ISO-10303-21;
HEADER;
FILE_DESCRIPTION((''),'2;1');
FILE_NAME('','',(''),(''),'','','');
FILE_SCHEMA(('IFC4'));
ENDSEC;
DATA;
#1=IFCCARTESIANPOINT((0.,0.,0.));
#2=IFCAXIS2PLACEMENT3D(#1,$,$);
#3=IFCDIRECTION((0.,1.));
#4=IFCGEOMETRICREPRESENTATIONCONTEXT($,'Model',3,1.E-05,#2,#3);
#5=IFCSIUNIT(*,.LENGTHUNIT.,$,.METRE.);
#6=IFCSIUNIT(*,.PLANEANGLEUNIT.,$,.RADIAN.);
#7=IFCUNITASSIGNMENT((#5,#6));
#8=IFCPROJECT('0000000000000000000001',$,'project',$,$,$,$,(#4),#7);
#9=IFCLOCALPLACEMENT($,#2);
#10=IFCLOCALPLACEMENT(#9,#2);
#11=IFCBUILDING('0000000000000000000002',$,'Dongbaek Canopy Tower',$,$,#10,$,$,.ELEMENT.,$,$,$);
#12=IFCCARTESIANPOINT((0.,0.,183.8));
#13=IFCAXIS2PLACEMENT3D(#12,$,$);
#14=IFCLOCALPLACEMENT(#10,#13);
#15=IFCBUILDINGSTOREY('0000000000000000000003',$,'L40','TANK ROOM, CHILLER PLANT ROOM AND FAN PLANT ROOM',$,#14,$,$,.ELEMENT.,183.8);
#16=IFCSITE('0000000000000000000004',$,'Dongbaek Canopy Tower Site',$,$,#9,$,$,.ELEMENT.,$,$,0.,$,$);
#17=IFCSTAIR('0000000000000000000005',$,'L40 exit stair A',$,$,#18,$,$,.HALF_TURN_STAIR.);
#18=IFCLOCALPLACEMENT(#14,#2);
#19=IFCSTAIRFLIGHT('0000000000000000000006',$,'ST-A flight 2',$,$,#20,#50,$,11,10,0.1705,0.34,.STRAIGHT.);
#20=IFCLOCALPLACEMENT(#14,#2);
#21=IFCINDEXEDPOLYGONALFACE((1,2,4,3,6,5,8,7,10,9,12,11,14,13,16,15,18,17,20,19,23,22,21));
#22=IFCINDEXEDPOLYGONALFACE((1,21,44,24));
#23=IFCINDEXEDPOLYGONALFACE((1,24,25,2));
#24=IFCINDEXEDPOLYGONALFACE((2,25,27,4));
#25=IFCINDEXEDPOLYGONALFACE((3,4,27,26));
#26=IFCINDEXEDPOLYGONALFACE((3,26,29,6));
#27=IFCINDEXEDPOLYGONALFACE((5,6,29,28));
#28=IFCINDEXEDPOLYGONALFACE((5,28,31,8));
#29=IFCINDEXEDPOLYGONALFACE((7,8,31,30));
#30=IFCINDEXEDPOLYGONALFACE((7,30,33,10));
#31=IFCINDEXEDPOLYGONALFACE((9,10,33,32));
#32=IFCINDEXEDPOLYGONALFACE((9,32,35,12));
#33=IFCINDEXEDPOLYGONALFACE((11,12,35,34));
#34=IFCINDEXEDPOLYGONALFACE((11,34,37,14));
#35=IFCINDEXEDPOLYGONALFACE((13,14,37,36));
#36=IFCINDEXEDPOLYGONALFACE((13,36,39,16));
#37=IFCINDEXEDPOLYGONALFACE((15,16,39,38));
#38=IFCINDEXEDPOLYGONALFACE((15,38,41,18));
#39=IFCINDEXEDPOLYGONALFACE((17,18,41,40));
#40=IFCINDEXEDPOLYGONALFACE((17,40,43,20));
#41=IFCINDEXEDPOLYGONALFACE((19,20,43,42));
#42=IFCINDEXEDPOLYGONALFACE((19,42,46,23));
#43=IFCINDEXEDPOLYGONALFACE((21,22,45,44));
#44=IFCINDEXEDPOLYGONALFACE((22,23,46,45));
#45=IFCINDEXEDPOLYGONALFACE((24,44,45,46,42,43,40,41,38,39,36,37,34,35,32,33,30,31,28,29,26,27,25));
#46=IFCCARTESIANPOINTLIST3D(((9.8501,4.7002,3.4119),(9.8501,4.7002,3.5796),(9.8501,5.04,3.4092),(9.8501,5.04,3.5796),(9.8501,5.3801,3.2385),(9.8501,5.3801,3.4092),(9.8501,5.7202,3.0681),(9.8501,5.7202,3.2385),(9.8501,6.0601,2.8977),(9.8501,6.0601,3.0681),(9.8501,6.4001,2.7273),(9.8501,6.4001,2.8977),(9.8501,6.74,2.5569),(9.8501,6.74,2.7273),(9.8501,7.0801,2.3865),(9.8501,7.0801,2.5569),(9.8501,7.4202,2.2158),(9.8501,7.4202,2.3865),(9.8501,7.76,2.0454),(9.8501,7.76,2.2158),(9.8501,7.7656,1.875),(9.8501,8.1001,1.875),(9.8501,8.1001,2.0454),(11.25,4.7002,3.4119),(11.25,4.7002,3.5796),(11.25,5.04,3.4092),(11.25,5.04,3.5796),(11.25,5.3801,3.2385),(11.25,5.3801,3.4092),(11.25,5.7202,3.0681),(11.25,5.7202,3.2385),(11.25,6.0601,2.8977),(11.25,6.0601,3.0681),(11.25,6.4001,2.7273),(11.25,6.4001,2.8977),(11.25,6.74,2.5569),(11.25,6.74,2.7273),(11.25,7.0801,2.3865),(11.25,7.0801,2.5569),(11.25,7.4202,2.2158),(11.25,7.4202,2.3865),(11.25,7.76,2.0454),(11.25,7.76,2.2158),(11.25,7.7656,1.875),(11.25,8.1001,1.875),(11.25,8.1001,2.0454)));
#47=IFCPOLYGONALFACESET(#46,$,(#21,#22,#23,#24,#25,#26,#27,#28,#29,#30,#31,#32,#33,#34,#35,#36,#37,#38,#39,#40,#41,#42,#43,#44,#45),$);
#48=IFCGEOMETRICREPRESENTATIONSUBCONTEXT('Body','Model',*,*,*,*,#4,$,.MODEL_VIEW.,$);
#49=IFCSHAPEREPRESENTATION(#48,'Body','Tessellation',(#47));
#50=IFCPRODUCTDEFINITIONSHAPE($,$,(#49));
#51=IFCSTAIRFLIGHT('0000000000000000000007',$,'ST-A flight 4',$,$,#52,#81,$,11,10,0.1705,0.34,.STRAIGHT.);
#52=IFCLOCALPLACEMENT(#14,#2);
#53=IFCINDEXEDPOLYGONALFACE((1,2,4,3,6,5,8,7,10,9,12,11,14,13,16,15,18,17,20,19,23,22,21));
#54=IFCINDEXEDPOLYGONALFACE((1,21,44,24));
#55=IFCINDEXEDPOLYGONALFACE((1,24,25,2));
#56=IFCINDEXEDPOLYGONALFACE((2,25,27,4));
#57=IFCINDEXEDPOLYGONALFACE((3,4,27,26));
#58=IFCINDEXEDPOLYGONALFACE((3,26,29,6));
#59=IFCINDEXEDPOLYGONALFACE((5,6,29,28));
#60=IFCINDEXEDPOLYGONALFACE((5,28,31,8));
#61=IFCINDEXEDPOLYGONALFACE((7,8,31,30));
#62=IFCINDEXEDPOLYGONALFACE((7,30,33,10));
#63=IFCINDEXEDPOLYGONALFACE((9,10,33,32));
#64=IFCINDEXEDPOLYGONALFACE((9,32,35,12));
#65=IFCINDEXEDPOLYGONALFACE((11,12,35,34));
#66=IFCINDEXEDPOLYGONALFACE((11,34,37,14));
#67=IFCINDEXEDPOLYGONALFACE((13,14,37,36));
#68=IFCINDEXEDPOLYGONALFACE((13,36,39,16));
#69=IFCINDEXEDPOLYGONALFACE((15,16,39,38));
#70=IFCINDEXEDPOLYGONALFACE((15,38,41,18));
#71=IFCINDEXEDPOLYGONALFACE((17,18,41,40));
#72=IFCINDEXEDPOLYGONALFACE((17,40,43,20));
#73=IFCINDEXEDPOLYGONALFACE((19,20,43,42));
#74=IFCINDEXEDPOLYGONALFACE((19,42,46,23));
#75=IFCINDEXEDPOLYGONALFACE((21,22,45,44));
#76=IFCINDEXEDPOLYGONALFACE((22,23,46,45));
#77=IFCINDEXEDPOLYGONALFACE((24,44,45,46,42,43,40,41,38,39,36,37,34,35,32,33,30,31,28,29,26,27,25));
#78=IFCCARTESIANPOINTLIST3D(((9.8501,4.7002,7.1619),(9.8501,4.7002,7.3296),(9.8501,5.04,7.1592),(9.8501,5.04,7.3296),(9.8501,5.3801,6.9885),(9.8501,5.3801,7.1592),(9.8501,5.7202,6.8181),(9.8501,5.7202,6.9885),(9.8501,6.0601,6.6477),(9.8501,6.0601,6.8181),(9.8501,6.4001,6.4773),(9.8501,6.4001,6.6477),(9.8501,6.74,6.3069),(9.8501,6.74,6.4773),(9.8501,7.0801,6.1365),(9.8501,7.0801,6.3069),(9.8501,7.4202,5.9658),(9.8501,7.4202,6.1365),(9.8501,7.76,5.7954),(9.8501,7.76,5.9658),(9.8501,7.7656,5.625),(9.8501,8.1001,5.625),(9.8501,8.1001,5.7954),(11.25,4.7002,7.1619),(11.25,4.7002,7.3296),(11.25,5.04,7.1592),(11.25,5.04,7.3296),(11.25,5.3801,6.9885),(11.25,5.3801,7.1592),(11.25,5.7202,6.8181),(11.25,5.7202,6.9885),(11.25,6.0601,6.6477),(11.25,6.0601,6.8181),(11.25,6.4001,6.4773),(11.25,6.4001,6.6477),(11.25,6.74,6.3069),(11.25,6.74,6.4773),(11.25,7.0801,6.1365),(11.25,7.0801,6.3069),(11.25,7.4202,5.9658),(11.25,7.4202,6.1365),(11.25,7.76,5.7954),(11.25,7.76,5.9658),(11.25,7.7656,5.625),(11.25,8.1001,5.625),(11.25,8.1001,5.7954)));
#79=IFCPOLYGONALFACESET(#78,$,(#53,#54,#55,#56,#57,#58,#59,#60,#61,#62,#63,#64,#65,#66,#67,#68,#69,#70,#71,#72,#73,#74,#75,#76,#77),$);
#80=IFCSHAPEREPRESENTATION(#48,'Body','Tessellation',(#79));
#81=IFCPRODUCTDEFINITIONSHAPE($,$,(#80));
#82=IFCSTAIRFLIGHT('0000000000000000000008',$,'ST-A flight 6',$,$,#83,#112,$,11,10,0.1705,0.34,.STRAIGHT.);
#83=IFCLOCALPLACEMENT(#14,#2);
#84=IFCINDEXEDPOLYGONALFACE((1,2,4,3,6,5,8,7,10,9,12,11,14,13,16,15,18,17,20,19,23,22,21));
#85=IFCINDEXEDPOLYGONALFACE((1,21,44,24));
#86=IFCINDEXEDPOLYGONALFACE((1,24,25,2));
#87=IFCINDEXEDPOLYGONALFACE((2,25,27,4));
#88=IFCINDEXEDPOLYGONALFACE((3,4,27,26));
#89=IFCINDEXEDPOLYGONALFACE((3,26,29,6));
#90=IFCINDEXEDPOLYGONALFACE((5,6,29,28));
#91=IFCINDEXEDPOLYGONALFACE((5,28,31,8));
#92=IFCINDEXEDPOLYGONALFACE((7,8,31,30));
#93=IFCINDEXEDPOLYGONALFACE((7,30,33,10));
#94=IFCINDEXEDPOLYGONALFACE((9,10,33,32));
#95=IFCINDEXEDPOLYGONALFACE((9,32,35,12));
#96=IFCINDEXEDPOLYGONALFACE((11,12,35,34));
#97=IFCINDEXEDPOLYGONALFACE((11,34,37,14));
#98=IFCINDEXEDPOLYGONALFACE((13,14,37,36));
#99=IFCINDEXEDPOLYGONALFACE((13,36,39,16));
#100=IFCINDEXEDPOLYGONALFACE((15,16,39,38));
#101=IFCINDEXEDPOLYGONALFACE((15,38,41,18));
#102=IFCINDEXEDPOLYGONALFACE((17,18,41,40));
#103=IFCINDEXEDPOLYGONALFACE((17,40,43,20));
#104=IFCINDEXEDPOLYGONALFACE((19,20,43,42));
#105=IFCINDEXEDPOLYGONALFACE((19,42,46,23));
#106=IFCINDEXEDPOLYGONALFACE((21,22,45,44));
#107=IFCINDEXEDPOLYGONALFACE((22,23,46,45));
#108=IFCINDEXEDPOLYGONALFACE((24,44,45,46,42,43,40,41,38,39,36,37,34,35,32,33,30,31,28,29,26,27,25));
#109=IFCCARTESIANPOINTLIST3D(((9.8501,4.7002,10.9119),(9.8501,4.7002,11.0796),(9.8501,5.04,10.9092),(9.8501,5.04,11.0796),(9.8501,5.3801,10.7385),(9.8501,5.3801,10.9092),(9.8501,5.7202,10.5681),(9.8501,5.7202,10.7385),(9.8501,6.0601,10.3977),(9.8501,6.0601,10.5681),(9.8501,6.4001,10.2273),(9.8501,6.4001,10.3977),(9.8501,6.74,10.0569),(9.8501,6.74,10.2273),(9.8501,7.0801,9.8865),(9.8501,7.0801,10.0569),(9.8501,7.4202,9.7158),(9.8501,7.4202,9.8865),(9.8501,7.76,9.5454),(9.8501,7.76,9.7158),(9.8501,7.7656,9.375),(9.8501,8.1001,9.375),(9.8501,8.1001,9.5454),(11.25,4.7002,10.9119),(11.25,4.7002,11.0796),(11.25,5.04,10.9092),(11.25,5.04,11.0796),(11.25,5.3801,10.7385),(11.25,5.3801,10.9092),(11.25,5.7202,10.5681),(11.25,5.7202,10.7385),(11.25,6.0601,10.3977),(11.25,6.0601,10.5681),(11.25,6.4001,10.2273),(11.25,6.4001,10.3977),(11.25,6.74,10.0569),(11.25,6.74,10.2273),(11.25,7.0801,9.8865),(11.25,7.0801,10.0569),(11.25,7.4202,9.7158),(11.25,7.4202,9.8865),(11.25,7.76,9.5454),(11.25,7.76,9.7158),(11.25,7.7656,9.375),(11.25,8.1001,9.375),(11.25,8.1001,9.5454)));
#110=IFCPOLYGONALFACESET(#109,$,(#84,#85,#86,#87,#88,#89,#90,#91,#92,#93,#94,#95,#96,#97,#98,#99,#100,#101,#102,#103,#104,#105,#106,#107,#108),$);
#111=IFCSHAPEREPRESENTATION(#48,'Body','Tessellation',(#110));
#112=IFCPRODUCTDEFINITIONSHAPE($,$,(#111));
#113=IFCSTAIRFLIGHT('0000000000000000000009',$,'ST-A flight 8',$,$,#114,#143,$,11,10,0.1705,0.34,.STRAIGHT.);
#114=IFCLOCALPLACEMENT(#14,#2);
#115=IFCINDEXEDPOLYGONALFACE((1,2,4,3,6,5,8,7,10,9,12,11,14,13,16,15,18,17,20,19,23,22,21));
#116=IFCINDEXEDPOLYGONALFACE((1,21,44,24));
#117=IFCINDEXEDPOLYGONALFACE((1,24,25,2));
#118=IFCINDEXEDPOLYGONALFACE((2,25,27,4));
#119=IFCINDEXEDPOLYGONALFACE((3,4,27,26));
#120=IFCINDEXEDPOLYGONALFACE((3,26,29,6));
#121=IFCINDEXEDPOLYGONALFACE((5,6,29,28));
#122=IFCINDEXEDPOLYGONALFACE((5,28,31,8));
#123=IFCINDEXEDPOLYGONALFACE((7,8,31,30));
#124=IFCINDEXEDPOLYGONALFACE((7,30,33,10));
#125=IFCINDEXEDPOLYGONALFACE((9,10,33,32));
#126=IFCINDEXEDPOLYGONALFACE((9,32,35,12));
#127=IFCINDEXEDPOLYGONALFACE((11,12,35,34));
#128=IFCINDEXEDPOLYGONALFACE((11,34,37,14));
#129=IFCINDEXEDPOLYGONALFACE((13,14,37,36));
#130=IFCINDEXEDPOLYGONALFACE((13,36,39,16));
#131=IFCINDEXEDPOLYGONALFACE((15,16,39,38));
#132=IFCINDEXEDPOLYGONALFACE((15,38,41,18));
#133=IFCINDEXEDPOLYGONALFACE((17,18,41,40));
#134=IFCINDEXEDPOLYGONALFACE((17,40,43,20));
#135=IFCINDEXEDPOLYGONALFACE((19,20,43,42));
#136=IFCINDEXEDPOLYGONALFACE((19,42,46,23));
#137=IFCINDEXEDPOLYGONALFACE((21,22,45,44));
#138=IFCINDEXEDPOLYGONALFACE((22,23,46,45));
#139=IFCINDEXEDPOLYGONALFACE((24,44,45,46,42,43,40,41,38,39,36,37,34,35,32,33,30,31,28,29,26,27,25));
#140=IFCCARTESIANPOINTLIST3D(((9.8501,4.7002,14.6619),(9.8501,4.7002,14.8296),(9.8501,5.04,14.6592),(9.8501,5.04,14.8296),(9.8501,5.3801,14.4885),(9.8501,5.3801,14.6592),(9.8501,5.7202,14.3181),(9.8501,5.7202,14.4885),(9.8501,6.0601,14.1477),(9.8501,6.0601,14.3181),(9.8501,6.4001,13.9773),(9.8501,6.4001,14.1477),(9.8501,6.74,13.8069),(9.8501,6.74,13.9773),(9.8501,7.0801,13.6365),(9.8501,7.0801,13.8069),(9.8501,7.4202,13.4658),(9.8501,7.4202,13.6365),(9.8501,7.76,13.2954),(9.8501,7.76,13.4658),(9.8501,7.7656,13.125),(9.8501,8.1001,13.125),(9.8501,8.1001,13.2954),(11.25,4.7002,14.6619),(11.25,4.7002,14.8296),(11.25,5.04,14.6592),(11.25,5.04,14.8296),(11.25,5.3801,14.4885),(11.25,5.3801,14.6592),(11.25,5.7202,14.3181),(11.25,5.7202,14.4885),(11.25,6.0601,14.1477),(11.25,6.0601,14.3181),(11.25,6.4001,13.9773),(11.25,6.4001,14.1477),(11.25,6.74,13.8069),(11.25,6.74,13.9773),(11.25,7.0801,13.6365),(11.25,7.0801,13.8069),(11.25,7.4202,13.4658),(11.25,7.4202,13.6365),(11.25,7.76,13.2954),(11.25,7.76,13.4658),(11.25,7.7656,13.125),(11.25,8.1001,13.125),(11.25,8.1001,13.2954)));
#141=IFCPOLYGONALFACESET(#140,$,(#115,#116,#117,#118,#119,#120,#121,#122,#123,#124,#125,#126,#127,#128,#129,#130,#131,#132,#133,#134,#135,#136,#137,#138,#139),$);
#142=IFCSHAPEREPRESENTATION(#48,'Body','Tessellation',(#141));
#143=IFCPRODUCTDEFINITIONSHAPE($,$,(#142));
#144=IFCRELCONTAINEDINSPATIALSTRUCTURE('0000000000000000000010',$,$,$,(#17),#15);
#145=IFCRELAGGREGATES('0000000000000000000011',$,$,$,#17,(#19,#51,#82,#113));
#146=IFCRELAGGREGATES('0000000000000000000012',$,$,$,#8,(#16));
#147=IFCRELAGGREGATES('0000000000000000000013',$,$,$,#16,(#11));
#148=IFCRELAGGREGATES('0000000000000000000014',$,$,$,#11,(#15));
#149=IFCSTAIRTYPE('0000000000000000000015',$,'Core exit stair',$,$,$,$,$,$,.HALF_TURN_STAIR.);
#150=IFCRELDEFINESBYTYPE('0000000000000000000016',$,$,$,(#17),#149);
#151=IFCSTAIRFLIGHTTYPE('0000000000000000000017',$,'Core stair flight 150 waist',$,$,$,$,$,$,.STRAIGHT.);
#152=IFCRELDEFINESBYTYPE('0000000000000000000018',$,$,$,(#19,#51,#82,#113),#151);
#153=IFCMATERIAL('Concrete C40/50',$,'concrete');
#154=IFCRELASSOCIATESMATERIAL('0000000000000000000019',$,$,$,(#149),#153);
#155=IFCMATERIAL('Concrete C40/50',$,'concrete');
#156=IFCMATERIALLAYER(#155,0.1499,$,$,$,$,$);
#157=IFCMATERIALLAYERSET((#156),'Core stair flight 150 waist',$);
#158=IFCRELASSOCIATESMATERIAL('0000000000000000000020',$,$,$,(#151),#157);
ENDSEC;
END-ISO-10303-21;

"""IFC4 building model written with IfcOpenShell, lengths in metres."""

from ifc_helpers import new_model, si_unit, direction, frame, origin, place, context, subcontext, project, spatial, polyline, outline, extrude, material, layer, layer_set, type_object, element, aggregate, save


model = new_model("IFC4")

# Units and contexts
model_context = context("Model", 3, precision=1e-05, world=origin(), true_north=direction((0.0, 1.0)))
body_context = subcontext(model_context, "Body", "Model", "MODEL_VIEW")
ifc_project = project(units=[si_unit("LENGTHUNIT", "METRE"), si_unit("PLANEANGLEUNIT", "RADIAN")], contexts=[model_context])

# Site, building, storey
site_placement = place(None, origin())
site = spatial("IfcSite", under=ifc_project, at=site_placement, Name="Dongbaek Canopy Tower Site", CompositionType="ELEMENT", RefElevation=0.0)
building_placement = place(site_placement, origin())
building = spatial("IfcBuilding", under=site, at=building_placement, Name="Dongbaek Canopy Tower", CompositionType="ELEMENT")
storey_placement = place(building_placement, frame((0.0, 0.0, 183.8)))
storey = spatial("IfcBuildingStorey", under=building, at=storey_placement, Name="L40", Description="TANK ROOM, CHILLER PLANT ROOM AND FAN PLANT ROOM", CompositionType="ELEMENT", Elevation=183.8)

# Stair, stair flights
ifc_material_1 = material(Name="Concrete C40/50", Category="concrete")
stair_type = type_object("IfcStairType", Name="Core exit stair", PredefinedType="HALF_TURN_STAIR", material=ifc_material_1)
stair_placement = place(storey_placement, origin())
stair = element("IfcStair", 1, at=stair_placement, inside=storey, type_object=stair_type, Name="L40 exit stair A", PredefinedType="HALF_TURN_STAIR")
ifc_material_2 = material(Name="Concrete C40/50", Category="concrete")
ifc_layer_1 = layer(ifc_material_2, 0.1499)
ifc_layer_set_1 = layer_set([ifc_layer_1], Name="Core stair flight 150 waist")
stair_flight_type = type_object("IfcStairFlightType", Name="Core stair flight 150 waist", PredefinedType="STRAIGHT", material=ifc_layer_set_1)
stair_flight_1_placement = place(storey_placement, frame((10.55, 8.1001, 1.875), z_axis=(0.0, 0.0, 1.0), x_axis=(0.0, -1.0, 0.0)))
stair_flight_1 = element("IfcStairFlight", 2, at=stair_flight_1_placement, type_object=stair_flight_type, Name="ST-A flight 2", NumberOfRisers=11, NumberOfTreads=10, PredefinedType="STRAIGHT", RiserHeight=0.1705, TreadLength=0.34, context=body_context, shape_type="SweptSolid", body=[
    extrude(outline(polyline([(0.0, 0.0), (0.0, 0.1704), (0.3401, 0.1704), (0.3401, 0.3408), (0.6799, 0.3408), (0.6799, 0.5115), (1.02, 0.5115), (1.02, 0.6819), (1.3601, 0.6819), (1.3601, 0.8523), (1.7, 0.8523), (1.7, 1.0227), (2.04, 1.0227), (2.04, 1.1931), (2.3799, 1.1931), (2.3799, 1.3635), (2.72, 1.3635), (2.72, 1.5342), (3.0601, 1.5342), (3.0601, 1.7046), (3.3999, 1.7046), (3.3999, 1.875), (3.3999, 1.5369), (0.3345, 0.0), (0.0, 0.0)])), frame((0.0, 0.7, 0.0), z_axis=(0.0, -1.0, 0.0), x_axis=(1.0, 0.0, 0.0)), (0.0, 0.0, 1.0), 1.3999),
])
stair_flight_2_placement = place(storey_placement, frame((10.55, 8.1001, 5.625), z_axis=(0.0, 0.0, 1.0), x_axis=(0.0, -1.0, 0.0)))
stair_flight_2 = element("IfcStairFlight", 3, at=stair_flight_2_placement, type_object=stair_flight_type, Name="ST-A flight 4", NumberOfRisers=11, NumberOfTreads=10, PredefinedType="STRAIGHT", RiserHeight=0.1705, TreadLength=0.34, context=body_context, shape_type="SweptSolid", body=[
    extrude(outline(polyline([(0.0, 0.0), (0.0, 0.1704), (0.3401, 0.1704), (0.3401, 0.3408), (0.6799, 0.3408), (0.6799, 0.5115), (1.02, 0.5115), (1.02, 0.6819), (1.3601, 0.6819), (1.3601, 0.8523), (1.7, 0.8523), (1.7, 1.0227), (2.04, 1.0227), (2.04, 1.1931), (2.3799, 1.1931), (2.3799, 1.3635), (2.72, 1.3635), (2.72, 1.5342), (3.0601, 1.5342), (3.0601, 1.7046), (3.3999, 1.7046), (3.3999, 1.875), (3.3999, 1.5369), (0.3345, 0.0), (0.0, 0.0)])), frame((0.0, 0.7, 0.0), z_axis=(0.0, -1.0, 0.0), x_axis=(1.0, 0.0, 0.0)), (0.0, 0.0, 1.0), 1.3999),
])
stair_flight_3_placement = place(storey_placement, frame((10.55, 8.1001, 9.375), z_axis=(0.0, 0.0, 1.0), x_axis=(0.0, -1.0, 0.0)))
stair_flight_3 = element("IfcStairFlight", 4, at=stair_flight_3_placement, type_object=stair_flight_type, Name="ST-A flight 6", NumberOfRisers=11, NumberOfTreads=10, PredefinedType="STRAIGHT", RiserHeight=0.1705, TreadLength=0.34, context=body_context, shape_type="SweptSolid", body=[
    extrude(outline(polyline([(0.0, 0.0), (0.0, 0.1704), (0.3401, 0.1704), (0.3401, 0.3408), (0.6799, 0.3408), (0.6799, 0.5115), (1.02, 0.5115), (1.02, 0.6819), (1.3601, 0.6819), (1.3601, 0.8523), (1.7, 0.8523), (1.7, 1.0227), (2.04, 1.0227), (2.04, 1.1931), (2.3799, 1.1931), (2.3799, 1.3635), (2.72, 1.3635), (2.72, 1.5342), (3.0601, 1.5342), (3.0601, 1.7046), (3.3999, 1.7046), (3.3999, 1.875), (3.3999, 1.5369), (0.3345, 0.0), (0.0, 0.0)])), frame((0.0, 0.7, 0.0), z_axis=(0.0, -1.0, 0.0), x_axis=(1.0, 0.0, 0.0)), (0.0, 0.0, 1.0), 1.3999),
])
stair_flight_4_placement = place(storey_placement, frame((10.55, 8.1001, 13.125), z_axis=(0.0, 0.0, 1.0), x_axis=(0.0, -1.0, 0.0)))
stair_flight_4 = element("IfcStairFlight", 5, at=stair_flight_4_placement, type_object=stair_flight_type, Name="ST-A flight 8", NumberOfRisers=11, NumberOfTreads=10, PredefinedType="STRAIGHT", RiserHeight=0.1705, TreadLength=0.34, context=body_context, shape_type="SweptSolid", body=[
    extrude(outline(polyline([(0.0, 0.0), (0.0, 0.1704), (0.3401, 0.1704), (0.3401, 0.3408), (0.6799, 0.3408), (0.6799, 0.5115), (1.02, 0.5115), (1.02, 0.6819), (1.3601, 0.6819), (1.3601, 0.8523), (1.7, 0.8523), (1.7, 1.0227), (2.04, 1.0227), (2.04, 1.1931), (2.3799, 1.1931), (2.3799, 1.3635), (2.72, 1.3635), (2.72, 1.5342), (3.0601, 1.5342), (3.0601, 1.7046), (3.3999, 1.7046), (3.3999, 1.875), (3.3999, 1.5369), (0.3345, 0.0), (0.0, 0.0)])), frame((0.0, 0.7, 0.0), z_axis=(0.0, -1.0, 0.0), x_axis=(1.0, 0.0, 0.0)), (0.0, 0.0, 1.0), 1.3999),
])
aggregate(stair, [stair_flight_1, stair_flight_2, stair_flight_3, stair_flight_4])

save(model, "model.ifc")
